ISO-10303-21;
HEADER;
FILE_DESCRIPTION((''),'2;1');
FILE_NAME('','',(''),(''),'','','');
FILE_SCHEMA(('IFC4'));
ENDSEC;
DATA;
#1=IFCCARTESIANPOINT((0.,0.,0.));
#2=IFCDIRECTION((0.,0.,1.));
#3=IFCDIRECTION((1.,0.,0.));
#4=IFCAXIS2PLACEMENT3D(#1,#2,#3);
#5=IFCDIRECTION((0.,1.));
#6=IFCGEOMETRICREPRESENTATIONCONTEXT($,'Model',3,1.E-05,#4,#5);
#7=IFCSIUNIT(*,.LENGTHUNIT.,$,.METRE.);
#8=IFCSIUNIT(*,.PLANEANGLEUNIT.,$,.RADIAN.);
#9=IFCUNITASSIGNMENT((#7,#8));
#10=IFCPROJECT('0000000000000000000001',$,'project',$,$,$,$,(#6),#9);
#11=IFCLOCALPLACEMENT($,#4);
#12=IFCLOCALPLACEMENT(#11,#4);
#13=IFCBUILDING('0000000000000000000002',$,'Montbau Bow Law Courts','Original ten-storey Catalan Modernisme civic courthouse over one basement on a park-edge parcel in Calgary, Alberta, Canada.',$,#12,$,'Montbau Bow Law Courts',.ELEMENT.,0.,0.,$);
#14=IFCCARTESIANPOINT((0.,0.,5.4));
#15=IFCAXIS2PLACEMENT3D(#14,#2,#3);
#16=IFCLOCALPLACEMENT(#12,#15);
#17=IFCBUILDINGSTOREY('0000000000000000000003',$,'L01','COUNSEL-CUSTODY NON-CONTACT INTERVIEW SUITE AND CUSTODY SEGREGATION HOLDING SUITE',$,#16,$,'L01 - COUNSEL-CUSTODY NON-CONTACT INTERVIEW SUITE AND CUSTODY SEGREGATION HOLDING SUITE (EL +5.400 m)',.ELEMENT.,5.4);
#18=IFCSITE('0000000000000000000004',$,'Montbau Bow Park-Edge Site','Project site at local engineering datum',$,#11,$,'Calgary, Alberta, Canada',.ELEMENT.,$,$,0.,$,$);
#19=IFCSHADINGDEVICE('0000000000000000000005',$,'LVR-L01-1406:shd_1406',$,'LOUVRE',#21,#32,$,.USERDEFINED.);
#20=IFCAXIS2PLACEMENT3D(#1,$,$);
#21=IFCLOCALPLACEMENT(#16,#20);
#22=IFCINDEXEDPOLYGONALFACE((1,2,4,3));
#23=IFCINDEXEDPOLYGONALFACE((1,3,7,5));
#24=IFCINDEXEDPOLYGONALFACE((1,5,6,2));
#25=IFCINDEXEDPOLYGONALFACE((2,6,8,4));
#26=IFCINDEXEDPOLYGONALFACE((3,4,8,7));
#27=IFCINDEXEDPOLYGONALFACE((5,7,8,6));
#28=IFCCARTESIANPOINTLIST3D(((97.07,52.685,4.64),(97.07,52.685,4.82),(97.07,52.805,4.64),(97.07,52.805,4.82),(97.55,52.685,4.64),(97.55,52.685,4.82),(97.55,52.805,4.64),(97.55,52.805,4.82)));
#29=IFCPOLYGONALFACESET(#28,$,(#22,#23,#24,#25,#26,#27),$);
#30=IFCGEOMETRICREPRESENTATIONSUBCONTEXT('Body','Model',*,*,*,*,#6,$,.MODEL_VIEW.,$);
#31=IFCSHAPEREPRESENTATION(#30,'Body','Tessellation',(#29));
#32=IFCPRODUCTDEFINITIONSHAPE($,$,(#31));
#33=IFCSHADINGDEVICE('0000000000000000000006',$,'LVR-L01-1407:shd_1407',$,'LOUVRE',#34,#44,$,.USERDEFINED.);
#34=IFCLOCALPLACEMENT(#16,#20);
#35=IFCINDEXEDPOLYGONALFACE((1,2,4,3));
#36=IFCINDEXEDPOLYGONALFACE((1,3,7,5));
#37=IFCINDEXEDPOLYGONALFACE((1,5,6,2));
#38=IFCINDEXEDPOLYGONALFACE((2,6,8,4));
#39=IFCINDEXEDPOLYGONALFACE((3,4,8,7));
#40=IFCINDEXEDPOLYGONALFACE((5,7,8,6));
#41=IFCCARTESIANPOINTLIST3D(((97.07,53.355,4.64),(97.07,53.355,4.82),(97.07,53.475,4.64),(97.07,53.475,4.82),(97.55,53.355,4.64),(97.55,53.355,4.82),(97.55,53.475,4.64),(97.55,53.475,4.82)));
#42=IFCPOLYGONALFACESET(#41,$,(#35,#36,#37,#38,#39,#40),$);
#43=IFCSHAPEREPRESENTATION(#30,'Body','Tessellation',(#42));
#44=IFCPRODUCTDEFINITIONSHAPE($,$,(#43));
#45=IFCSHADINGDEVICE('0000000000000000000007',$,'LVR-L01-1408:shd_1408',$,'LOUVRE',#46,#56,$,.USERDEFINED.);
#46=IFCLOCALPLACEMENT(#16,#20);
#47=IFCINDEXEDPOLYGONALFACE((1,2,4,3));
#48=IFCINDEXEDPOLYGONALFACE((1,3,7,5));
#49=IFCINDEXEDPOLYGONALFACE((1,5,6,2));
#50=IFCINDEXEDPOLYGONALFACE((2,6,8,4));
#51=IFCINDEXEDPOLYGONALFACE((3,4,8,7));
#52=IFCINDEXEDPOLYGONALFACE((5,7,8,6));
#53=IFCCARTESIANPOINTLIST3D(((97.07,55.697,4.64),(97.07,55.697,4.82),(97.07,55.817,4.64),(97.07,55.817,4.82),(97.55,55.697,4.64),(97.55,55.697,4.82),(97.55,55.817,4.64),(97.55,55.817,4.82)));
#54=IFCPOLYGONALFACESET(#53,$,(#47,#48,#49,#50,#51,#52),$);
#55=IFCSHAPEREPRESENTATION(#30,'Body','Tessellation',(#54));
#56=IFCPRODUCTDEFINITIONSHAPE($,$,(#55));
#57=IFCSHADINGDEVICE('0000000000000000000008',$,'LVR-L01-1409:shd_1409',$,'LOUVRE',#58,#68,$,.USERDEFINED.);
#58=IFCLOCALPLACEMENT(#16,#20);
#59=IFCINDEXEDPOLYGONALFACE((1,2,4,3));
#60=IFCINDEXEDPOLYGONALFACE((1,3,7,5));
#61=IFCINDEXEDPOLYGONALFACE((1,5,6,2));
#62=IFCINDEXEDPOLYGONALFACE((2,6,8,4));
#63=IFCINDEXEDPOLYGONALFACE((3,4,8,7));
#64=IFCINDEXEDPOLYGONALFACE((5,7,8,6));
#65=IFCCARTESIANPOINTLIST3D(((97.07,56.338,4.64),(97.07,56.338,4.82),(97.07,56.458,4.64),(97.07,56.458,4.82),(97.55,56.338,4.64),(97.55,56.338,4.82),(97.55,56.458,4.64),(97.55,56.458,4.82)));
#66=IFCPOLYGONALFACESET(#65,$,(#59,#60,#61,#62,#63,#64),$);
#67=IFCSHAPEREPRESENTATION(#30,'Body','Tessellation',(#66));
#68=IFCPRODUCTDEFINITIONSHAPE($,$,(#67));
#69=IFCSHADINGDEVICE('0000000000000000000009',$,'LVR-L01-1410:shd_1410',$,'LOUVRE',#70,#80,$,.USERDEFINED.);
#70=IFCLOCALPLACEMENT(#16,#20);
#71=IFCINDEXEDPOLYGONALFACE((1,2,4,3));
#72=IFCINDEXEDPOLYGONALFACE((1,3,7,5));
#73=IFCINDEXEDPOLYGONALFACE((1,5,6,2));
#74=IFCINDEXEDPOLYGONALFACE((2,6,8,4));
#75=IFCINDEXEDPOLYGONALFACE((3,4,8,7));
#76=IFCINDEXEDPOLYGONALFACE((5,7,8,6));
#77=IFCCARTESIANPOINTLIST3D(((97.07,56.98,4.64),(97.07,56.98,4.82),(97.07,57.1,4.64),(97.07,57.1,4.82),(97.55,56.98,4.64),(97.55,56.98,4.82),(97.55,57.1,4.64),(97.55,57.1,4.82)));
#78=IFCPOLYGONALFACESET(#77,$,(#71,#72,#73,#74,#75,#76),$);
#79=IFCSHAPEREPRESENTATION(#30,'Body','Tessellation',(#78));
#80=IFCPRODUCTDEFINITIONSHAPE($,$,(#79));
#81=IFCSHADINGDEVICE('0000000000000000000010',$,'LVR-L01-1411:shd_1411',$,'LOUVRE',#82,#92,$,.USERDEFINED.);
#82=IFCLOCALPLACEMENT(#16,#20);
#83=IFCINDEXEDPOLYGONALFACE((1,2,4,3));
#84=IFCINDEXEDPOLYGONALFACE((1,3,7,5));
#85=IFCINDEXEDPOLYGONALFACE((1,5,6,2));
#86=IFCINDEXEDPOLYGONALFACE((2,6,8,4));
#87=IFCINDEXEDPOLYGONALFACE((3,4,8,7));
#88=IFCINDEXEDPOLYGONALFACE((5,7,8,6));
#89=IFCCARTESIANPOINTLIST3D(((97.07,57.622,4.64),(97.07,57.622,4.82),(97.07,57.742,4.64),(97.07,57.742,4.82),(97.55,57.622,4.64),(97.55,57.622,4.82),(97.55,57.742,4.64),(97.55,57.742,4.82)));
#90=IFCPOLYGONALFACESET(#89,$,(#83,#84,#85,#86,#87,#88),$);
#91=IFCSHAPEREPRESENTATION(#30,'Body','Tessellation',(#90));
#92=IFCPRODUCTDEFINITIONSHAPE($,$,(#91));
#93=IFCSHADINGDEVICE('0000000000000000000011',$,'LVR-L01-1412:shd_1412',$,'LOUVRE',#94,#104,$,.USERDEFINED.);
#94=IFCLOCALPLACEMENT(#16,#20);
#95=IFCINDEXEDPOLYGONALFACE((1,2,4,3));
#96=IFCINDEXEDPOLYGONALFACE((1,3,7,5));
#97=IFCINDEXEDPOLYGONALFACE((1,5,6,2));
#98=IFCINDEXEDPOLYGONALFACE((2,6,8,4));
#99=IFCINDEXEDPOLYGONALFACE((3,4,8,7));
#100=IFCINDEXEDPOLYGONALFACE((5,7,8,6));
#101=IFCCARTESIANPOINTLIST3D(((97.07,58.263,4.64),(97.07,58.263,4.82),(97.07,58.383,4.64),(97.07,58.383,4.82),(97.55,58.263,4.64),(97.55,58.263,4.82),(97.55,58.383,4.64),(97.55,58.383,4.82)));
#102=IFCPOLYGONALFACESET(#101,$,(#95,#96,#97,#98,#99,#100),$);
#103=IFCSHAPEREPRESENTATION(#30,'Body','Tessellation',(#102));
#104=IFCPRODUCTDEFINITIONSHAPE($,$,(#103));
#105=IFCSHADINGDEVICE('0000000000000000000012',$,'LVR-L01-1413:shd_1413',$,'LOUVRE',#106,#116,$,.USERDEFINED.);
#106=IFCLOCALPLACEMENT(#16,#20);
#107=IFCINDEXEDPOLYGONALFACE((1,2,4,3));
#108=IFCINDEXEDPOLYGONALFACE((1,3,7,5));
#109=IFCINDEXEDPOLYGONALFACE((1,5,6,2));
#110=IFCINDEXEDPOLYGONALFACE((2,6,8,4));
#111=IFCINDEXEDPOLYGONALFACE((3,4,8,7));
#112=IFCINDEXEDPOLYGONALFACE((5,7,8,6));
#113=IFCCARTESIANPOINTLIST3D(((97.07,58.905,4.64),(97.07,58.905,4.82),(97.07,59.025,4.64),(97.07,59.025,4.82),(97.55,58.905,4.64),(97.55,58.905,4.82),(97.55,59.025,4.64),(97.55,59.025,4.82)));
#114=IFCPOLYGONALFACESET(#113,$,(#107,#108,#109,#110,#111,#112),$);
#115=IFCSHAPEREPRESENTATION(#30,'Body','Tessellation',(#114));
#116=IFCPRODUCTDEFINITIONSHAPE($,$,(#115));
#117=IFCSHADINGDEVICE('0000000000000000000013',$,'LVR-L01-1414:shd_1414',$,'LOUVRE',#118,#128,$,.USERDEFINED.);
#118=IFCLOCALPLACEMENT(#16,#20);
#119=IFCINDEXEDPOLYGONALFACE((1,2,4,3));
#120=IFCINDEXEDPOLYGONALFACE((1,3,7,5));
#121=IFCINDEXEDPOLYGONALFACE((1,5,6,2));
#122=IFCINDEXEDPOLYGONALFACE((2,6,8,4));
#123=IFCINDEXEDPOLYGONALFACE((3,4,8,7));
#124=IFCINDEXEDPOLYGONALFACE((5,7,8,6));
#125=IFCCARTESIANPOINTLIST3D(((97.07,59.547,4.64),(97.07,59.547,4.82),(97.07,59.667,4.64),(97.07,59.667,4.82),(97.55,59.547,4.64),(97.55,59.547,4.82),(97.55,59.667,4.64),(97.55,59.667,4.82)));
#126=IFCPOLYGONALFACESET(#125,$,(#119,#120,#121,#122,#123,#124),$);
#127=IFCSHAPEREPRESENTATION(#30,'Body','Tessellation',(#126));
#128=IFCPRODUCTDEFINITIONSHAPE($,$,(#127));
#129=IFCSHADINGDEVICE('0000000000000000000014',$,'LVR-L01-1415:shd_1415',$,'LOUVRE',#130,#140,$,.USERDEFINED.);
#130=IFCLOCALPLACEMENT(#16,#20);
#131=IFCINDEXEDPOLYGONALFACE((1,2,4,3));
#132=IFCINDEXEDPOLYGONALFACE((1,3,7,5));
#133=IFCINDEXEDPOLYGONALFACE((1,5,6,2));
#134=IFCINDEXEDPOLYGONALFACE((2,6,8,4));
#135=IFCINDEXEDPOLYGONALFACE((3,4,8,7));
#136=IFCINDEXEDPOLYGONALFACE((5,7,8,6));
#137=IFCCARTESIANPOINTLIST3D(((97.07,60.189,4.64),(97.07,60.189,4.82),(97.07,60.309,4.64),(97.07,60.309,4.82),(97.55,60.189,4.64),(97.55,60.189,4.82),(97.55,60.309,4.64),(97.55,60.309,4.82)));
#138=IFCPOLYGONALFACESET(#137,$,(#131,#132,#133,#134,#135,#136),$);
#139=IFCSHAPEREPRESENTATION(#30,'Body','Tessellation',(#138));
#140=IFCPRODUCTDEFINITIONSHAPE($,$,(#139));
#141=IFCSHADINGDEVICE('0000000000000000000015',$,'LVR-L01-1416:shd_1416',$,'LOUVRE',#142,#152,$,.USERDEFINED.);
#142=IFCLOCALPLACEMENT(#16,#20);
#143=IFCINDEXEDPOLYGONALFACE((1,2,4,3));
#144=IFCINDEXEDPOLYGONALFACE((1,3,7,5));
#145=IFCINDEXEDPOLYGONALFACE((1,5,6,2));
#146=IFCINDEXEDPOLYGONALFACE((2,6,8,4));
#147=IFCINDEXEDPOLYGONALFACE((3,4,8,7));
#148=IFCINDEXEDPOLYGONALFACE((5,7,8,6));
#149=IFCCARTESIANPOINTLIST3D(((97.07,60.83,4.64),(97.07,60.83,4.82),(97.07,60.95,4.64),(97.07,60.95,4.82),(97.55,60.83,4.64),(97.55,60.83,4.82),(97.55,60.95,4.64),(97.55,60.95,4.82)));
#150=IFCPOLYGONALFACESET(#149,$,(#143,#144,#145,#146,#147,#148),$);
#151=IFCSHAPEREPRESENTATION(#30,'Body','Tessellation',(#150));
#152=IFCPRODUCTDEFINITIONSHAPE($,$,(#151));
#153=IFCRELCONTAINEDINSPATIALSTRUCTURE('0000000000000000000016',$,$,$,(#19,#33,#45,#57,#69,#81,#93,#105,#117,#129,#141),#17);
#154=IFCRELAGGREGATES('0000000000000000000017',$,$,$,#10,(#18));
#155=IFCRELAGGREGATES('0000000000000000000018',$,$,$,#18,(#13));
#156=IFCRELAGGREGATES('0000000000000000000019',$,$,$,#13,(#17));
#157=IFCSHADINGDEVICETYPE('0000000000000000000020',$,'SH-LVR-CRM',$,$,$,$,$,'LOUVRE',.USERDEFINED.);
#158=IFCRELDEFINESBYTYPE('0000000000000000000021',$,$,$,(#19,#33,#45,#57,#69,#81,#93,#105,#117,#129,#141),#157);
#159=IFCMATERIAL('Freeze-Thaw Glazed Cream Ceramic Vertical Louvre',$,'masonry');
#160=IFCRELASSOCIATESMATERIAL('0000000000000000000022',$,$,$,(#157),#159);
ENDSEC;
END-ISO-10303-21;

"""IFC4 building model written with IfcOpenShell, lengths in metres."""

from ifc_helpers import new_model, si_unit, direction, frame, origin_with_axes, origin_2d_with_axis, place, context, subcontext, project, spatial, rectangle, extrude, material, type_object, element, save


model = new_model("IFC4")

# Units and contexts
model_context = context("Model", 3, precision=1e-05, world=origin_with_axes(), true_north=direction((0.0, 1.0)))
body_context = subcontext(model_context, "Body", "Model", "MODEL_VIEW")
ifc_project = project(units=[si_unit("LENGTHUNIT", "METRE"), si_unit("PLANEANGLEUNIT", "RADIAN")], contexts=[model_context])

# Site, building, storey
site_placement = place(None, origin_with_axes())
site = spatial("IfcSite", under=ifc_project, at=site_placement, Name="Montbau Bow Park-Edge Site", Description="Project site at local engineering datum", LongName="Calgary, Alberta, Canada", CompositionType="ELEMENT", RefElevation=0.0)
building_placement = place(site_placement, origin_with_axes())
building = spatial("IfcBuilding", under=site, at=building_placement, Name="Montbau Bow Law Courts", Description="Original ten-storey Catalan Modernisme civic courthouse over one basement on a park-edge parcel in Calgary, Alberta, Canada.", LongName="Montbau Bow Law Courts", CompositionType="ELEMENT", ElevationOfRefHeight=0.0, ElevationOfTerrain=0.0)
storey_placement = place(building_placement, frame((0.0, 0.0, 5.4), z_axis=(0.0, 0.0, 1.0), x_axis=(1.0, 0.0, 0.0)))
storey = spatial("IfcBuildingStorey", under=building, at=storey_placement, Name="L01", Description="COUNSEL-CUSTODY NON-CONTACT INTERVIEW SUITE AND CUSTODY SEGREGATION HOLDING SUITE", LongName="L01 - COUNSEL-CUSTODY NON-CONTACT INTERVIEW SUITE AND CUSTODY SEGREGATION HOLDING SUITE (EL +5.400 m)", CompositionType="ELEMENT", Elevation=5.4)

# Shading devices
ifc_material_1 = material(Name="Freeze-Thaw Glazed Cream Ceramic Vertical Louvre", Category="masonry")
shading_device_type = type_object("IfcShadingDeviceType", Name="SH-LVR-CRM", ElementType="LOUVRE", PredefinedType="USERDEFINED", material=ifc_material_1)
for number, where, z_axis, x_axis, name in (
    (1, (97.31, 52.745, 10.04), (0.0, 0.0, 1.0), (1.0, 0.0, 0.0), "LVR-L01-1406:shd_1406"),
    (2, (97.31, 53.415, 10.04), (0.0, 0.0, 1.0), (1.0, 0.0, 0.0), "LVR-L01-1407:shd_1407"),
    (3, (97.31, 55.757, 10.04), (0.0, 0.0, 1.0), (1.0, 0.0, 0.0), "LVR-L01-1408:shd_1408"),
    (4, (97.31, 56.398, 10.04), (0.0, 0.0, 1.0), (1.0, 0.0, 0.0), "LVR-L01-1409:shd_1409"),
    (5, (97.31, 57.04, 10.04), (0.0, 0.0, 1.0), (1.0, 0.0, 0.0), "LVR-L01-1410:shd_1410"),
    (6, (97.31, 57.682, 10.04), (0.0, 0.0, 1.0), (1.0, 0.0, 0.0), "LVR-L01-1411:shd_1411"),
    (7, (97.31, 58.323, 10.04), (0.0, 0.0, 1.0), (1.0, 0.0, 0.0), "LVR-L01-1412:shd_1412"),
    (8, (97.31, 58.965, 10.04), (0.0, 0.0, 1.0), (1.0, 0.0, 0.0), "LVR-L01-1413:shd_1413"),
    (9, (97.31, 59.607, 10.04), (0.0, 0.0, 1.0), (1.0, 0.0, 0.0), "LVR-L01-1414:shd_1414"),
    (10, (97.31, 60.249, 10.04), (0.0, 0.0, 1.0), (1.0, 0.0, 0.0), "LVR-L01-1415:shd_1415"),
    (11, (97.31, 60.89, 10.04), (0.0, 0.0, 1.0), (1.0, 0.0, 0.0), "LVR-L01-1416:shd_1416"),
):
    element("IfcShadingDevice", number, at=place(None, frame(where, z_axis=z_axis, x_axis=x_axis)), inside=storey, type_object=shading_device_type, Name=name, ObjectType="LOUVRE", PredefinedType="USERDEFINED", context=body_context, shape_type="SweptSolid", body=[
        extrude(rectangle(XDim=0.48, YDim=0.12, at=origin_2d_with_axis()), origin_with_axes(), (0.0, 0.0, 1.0), 0.18),
    ])

save(model, "model.ifc")
